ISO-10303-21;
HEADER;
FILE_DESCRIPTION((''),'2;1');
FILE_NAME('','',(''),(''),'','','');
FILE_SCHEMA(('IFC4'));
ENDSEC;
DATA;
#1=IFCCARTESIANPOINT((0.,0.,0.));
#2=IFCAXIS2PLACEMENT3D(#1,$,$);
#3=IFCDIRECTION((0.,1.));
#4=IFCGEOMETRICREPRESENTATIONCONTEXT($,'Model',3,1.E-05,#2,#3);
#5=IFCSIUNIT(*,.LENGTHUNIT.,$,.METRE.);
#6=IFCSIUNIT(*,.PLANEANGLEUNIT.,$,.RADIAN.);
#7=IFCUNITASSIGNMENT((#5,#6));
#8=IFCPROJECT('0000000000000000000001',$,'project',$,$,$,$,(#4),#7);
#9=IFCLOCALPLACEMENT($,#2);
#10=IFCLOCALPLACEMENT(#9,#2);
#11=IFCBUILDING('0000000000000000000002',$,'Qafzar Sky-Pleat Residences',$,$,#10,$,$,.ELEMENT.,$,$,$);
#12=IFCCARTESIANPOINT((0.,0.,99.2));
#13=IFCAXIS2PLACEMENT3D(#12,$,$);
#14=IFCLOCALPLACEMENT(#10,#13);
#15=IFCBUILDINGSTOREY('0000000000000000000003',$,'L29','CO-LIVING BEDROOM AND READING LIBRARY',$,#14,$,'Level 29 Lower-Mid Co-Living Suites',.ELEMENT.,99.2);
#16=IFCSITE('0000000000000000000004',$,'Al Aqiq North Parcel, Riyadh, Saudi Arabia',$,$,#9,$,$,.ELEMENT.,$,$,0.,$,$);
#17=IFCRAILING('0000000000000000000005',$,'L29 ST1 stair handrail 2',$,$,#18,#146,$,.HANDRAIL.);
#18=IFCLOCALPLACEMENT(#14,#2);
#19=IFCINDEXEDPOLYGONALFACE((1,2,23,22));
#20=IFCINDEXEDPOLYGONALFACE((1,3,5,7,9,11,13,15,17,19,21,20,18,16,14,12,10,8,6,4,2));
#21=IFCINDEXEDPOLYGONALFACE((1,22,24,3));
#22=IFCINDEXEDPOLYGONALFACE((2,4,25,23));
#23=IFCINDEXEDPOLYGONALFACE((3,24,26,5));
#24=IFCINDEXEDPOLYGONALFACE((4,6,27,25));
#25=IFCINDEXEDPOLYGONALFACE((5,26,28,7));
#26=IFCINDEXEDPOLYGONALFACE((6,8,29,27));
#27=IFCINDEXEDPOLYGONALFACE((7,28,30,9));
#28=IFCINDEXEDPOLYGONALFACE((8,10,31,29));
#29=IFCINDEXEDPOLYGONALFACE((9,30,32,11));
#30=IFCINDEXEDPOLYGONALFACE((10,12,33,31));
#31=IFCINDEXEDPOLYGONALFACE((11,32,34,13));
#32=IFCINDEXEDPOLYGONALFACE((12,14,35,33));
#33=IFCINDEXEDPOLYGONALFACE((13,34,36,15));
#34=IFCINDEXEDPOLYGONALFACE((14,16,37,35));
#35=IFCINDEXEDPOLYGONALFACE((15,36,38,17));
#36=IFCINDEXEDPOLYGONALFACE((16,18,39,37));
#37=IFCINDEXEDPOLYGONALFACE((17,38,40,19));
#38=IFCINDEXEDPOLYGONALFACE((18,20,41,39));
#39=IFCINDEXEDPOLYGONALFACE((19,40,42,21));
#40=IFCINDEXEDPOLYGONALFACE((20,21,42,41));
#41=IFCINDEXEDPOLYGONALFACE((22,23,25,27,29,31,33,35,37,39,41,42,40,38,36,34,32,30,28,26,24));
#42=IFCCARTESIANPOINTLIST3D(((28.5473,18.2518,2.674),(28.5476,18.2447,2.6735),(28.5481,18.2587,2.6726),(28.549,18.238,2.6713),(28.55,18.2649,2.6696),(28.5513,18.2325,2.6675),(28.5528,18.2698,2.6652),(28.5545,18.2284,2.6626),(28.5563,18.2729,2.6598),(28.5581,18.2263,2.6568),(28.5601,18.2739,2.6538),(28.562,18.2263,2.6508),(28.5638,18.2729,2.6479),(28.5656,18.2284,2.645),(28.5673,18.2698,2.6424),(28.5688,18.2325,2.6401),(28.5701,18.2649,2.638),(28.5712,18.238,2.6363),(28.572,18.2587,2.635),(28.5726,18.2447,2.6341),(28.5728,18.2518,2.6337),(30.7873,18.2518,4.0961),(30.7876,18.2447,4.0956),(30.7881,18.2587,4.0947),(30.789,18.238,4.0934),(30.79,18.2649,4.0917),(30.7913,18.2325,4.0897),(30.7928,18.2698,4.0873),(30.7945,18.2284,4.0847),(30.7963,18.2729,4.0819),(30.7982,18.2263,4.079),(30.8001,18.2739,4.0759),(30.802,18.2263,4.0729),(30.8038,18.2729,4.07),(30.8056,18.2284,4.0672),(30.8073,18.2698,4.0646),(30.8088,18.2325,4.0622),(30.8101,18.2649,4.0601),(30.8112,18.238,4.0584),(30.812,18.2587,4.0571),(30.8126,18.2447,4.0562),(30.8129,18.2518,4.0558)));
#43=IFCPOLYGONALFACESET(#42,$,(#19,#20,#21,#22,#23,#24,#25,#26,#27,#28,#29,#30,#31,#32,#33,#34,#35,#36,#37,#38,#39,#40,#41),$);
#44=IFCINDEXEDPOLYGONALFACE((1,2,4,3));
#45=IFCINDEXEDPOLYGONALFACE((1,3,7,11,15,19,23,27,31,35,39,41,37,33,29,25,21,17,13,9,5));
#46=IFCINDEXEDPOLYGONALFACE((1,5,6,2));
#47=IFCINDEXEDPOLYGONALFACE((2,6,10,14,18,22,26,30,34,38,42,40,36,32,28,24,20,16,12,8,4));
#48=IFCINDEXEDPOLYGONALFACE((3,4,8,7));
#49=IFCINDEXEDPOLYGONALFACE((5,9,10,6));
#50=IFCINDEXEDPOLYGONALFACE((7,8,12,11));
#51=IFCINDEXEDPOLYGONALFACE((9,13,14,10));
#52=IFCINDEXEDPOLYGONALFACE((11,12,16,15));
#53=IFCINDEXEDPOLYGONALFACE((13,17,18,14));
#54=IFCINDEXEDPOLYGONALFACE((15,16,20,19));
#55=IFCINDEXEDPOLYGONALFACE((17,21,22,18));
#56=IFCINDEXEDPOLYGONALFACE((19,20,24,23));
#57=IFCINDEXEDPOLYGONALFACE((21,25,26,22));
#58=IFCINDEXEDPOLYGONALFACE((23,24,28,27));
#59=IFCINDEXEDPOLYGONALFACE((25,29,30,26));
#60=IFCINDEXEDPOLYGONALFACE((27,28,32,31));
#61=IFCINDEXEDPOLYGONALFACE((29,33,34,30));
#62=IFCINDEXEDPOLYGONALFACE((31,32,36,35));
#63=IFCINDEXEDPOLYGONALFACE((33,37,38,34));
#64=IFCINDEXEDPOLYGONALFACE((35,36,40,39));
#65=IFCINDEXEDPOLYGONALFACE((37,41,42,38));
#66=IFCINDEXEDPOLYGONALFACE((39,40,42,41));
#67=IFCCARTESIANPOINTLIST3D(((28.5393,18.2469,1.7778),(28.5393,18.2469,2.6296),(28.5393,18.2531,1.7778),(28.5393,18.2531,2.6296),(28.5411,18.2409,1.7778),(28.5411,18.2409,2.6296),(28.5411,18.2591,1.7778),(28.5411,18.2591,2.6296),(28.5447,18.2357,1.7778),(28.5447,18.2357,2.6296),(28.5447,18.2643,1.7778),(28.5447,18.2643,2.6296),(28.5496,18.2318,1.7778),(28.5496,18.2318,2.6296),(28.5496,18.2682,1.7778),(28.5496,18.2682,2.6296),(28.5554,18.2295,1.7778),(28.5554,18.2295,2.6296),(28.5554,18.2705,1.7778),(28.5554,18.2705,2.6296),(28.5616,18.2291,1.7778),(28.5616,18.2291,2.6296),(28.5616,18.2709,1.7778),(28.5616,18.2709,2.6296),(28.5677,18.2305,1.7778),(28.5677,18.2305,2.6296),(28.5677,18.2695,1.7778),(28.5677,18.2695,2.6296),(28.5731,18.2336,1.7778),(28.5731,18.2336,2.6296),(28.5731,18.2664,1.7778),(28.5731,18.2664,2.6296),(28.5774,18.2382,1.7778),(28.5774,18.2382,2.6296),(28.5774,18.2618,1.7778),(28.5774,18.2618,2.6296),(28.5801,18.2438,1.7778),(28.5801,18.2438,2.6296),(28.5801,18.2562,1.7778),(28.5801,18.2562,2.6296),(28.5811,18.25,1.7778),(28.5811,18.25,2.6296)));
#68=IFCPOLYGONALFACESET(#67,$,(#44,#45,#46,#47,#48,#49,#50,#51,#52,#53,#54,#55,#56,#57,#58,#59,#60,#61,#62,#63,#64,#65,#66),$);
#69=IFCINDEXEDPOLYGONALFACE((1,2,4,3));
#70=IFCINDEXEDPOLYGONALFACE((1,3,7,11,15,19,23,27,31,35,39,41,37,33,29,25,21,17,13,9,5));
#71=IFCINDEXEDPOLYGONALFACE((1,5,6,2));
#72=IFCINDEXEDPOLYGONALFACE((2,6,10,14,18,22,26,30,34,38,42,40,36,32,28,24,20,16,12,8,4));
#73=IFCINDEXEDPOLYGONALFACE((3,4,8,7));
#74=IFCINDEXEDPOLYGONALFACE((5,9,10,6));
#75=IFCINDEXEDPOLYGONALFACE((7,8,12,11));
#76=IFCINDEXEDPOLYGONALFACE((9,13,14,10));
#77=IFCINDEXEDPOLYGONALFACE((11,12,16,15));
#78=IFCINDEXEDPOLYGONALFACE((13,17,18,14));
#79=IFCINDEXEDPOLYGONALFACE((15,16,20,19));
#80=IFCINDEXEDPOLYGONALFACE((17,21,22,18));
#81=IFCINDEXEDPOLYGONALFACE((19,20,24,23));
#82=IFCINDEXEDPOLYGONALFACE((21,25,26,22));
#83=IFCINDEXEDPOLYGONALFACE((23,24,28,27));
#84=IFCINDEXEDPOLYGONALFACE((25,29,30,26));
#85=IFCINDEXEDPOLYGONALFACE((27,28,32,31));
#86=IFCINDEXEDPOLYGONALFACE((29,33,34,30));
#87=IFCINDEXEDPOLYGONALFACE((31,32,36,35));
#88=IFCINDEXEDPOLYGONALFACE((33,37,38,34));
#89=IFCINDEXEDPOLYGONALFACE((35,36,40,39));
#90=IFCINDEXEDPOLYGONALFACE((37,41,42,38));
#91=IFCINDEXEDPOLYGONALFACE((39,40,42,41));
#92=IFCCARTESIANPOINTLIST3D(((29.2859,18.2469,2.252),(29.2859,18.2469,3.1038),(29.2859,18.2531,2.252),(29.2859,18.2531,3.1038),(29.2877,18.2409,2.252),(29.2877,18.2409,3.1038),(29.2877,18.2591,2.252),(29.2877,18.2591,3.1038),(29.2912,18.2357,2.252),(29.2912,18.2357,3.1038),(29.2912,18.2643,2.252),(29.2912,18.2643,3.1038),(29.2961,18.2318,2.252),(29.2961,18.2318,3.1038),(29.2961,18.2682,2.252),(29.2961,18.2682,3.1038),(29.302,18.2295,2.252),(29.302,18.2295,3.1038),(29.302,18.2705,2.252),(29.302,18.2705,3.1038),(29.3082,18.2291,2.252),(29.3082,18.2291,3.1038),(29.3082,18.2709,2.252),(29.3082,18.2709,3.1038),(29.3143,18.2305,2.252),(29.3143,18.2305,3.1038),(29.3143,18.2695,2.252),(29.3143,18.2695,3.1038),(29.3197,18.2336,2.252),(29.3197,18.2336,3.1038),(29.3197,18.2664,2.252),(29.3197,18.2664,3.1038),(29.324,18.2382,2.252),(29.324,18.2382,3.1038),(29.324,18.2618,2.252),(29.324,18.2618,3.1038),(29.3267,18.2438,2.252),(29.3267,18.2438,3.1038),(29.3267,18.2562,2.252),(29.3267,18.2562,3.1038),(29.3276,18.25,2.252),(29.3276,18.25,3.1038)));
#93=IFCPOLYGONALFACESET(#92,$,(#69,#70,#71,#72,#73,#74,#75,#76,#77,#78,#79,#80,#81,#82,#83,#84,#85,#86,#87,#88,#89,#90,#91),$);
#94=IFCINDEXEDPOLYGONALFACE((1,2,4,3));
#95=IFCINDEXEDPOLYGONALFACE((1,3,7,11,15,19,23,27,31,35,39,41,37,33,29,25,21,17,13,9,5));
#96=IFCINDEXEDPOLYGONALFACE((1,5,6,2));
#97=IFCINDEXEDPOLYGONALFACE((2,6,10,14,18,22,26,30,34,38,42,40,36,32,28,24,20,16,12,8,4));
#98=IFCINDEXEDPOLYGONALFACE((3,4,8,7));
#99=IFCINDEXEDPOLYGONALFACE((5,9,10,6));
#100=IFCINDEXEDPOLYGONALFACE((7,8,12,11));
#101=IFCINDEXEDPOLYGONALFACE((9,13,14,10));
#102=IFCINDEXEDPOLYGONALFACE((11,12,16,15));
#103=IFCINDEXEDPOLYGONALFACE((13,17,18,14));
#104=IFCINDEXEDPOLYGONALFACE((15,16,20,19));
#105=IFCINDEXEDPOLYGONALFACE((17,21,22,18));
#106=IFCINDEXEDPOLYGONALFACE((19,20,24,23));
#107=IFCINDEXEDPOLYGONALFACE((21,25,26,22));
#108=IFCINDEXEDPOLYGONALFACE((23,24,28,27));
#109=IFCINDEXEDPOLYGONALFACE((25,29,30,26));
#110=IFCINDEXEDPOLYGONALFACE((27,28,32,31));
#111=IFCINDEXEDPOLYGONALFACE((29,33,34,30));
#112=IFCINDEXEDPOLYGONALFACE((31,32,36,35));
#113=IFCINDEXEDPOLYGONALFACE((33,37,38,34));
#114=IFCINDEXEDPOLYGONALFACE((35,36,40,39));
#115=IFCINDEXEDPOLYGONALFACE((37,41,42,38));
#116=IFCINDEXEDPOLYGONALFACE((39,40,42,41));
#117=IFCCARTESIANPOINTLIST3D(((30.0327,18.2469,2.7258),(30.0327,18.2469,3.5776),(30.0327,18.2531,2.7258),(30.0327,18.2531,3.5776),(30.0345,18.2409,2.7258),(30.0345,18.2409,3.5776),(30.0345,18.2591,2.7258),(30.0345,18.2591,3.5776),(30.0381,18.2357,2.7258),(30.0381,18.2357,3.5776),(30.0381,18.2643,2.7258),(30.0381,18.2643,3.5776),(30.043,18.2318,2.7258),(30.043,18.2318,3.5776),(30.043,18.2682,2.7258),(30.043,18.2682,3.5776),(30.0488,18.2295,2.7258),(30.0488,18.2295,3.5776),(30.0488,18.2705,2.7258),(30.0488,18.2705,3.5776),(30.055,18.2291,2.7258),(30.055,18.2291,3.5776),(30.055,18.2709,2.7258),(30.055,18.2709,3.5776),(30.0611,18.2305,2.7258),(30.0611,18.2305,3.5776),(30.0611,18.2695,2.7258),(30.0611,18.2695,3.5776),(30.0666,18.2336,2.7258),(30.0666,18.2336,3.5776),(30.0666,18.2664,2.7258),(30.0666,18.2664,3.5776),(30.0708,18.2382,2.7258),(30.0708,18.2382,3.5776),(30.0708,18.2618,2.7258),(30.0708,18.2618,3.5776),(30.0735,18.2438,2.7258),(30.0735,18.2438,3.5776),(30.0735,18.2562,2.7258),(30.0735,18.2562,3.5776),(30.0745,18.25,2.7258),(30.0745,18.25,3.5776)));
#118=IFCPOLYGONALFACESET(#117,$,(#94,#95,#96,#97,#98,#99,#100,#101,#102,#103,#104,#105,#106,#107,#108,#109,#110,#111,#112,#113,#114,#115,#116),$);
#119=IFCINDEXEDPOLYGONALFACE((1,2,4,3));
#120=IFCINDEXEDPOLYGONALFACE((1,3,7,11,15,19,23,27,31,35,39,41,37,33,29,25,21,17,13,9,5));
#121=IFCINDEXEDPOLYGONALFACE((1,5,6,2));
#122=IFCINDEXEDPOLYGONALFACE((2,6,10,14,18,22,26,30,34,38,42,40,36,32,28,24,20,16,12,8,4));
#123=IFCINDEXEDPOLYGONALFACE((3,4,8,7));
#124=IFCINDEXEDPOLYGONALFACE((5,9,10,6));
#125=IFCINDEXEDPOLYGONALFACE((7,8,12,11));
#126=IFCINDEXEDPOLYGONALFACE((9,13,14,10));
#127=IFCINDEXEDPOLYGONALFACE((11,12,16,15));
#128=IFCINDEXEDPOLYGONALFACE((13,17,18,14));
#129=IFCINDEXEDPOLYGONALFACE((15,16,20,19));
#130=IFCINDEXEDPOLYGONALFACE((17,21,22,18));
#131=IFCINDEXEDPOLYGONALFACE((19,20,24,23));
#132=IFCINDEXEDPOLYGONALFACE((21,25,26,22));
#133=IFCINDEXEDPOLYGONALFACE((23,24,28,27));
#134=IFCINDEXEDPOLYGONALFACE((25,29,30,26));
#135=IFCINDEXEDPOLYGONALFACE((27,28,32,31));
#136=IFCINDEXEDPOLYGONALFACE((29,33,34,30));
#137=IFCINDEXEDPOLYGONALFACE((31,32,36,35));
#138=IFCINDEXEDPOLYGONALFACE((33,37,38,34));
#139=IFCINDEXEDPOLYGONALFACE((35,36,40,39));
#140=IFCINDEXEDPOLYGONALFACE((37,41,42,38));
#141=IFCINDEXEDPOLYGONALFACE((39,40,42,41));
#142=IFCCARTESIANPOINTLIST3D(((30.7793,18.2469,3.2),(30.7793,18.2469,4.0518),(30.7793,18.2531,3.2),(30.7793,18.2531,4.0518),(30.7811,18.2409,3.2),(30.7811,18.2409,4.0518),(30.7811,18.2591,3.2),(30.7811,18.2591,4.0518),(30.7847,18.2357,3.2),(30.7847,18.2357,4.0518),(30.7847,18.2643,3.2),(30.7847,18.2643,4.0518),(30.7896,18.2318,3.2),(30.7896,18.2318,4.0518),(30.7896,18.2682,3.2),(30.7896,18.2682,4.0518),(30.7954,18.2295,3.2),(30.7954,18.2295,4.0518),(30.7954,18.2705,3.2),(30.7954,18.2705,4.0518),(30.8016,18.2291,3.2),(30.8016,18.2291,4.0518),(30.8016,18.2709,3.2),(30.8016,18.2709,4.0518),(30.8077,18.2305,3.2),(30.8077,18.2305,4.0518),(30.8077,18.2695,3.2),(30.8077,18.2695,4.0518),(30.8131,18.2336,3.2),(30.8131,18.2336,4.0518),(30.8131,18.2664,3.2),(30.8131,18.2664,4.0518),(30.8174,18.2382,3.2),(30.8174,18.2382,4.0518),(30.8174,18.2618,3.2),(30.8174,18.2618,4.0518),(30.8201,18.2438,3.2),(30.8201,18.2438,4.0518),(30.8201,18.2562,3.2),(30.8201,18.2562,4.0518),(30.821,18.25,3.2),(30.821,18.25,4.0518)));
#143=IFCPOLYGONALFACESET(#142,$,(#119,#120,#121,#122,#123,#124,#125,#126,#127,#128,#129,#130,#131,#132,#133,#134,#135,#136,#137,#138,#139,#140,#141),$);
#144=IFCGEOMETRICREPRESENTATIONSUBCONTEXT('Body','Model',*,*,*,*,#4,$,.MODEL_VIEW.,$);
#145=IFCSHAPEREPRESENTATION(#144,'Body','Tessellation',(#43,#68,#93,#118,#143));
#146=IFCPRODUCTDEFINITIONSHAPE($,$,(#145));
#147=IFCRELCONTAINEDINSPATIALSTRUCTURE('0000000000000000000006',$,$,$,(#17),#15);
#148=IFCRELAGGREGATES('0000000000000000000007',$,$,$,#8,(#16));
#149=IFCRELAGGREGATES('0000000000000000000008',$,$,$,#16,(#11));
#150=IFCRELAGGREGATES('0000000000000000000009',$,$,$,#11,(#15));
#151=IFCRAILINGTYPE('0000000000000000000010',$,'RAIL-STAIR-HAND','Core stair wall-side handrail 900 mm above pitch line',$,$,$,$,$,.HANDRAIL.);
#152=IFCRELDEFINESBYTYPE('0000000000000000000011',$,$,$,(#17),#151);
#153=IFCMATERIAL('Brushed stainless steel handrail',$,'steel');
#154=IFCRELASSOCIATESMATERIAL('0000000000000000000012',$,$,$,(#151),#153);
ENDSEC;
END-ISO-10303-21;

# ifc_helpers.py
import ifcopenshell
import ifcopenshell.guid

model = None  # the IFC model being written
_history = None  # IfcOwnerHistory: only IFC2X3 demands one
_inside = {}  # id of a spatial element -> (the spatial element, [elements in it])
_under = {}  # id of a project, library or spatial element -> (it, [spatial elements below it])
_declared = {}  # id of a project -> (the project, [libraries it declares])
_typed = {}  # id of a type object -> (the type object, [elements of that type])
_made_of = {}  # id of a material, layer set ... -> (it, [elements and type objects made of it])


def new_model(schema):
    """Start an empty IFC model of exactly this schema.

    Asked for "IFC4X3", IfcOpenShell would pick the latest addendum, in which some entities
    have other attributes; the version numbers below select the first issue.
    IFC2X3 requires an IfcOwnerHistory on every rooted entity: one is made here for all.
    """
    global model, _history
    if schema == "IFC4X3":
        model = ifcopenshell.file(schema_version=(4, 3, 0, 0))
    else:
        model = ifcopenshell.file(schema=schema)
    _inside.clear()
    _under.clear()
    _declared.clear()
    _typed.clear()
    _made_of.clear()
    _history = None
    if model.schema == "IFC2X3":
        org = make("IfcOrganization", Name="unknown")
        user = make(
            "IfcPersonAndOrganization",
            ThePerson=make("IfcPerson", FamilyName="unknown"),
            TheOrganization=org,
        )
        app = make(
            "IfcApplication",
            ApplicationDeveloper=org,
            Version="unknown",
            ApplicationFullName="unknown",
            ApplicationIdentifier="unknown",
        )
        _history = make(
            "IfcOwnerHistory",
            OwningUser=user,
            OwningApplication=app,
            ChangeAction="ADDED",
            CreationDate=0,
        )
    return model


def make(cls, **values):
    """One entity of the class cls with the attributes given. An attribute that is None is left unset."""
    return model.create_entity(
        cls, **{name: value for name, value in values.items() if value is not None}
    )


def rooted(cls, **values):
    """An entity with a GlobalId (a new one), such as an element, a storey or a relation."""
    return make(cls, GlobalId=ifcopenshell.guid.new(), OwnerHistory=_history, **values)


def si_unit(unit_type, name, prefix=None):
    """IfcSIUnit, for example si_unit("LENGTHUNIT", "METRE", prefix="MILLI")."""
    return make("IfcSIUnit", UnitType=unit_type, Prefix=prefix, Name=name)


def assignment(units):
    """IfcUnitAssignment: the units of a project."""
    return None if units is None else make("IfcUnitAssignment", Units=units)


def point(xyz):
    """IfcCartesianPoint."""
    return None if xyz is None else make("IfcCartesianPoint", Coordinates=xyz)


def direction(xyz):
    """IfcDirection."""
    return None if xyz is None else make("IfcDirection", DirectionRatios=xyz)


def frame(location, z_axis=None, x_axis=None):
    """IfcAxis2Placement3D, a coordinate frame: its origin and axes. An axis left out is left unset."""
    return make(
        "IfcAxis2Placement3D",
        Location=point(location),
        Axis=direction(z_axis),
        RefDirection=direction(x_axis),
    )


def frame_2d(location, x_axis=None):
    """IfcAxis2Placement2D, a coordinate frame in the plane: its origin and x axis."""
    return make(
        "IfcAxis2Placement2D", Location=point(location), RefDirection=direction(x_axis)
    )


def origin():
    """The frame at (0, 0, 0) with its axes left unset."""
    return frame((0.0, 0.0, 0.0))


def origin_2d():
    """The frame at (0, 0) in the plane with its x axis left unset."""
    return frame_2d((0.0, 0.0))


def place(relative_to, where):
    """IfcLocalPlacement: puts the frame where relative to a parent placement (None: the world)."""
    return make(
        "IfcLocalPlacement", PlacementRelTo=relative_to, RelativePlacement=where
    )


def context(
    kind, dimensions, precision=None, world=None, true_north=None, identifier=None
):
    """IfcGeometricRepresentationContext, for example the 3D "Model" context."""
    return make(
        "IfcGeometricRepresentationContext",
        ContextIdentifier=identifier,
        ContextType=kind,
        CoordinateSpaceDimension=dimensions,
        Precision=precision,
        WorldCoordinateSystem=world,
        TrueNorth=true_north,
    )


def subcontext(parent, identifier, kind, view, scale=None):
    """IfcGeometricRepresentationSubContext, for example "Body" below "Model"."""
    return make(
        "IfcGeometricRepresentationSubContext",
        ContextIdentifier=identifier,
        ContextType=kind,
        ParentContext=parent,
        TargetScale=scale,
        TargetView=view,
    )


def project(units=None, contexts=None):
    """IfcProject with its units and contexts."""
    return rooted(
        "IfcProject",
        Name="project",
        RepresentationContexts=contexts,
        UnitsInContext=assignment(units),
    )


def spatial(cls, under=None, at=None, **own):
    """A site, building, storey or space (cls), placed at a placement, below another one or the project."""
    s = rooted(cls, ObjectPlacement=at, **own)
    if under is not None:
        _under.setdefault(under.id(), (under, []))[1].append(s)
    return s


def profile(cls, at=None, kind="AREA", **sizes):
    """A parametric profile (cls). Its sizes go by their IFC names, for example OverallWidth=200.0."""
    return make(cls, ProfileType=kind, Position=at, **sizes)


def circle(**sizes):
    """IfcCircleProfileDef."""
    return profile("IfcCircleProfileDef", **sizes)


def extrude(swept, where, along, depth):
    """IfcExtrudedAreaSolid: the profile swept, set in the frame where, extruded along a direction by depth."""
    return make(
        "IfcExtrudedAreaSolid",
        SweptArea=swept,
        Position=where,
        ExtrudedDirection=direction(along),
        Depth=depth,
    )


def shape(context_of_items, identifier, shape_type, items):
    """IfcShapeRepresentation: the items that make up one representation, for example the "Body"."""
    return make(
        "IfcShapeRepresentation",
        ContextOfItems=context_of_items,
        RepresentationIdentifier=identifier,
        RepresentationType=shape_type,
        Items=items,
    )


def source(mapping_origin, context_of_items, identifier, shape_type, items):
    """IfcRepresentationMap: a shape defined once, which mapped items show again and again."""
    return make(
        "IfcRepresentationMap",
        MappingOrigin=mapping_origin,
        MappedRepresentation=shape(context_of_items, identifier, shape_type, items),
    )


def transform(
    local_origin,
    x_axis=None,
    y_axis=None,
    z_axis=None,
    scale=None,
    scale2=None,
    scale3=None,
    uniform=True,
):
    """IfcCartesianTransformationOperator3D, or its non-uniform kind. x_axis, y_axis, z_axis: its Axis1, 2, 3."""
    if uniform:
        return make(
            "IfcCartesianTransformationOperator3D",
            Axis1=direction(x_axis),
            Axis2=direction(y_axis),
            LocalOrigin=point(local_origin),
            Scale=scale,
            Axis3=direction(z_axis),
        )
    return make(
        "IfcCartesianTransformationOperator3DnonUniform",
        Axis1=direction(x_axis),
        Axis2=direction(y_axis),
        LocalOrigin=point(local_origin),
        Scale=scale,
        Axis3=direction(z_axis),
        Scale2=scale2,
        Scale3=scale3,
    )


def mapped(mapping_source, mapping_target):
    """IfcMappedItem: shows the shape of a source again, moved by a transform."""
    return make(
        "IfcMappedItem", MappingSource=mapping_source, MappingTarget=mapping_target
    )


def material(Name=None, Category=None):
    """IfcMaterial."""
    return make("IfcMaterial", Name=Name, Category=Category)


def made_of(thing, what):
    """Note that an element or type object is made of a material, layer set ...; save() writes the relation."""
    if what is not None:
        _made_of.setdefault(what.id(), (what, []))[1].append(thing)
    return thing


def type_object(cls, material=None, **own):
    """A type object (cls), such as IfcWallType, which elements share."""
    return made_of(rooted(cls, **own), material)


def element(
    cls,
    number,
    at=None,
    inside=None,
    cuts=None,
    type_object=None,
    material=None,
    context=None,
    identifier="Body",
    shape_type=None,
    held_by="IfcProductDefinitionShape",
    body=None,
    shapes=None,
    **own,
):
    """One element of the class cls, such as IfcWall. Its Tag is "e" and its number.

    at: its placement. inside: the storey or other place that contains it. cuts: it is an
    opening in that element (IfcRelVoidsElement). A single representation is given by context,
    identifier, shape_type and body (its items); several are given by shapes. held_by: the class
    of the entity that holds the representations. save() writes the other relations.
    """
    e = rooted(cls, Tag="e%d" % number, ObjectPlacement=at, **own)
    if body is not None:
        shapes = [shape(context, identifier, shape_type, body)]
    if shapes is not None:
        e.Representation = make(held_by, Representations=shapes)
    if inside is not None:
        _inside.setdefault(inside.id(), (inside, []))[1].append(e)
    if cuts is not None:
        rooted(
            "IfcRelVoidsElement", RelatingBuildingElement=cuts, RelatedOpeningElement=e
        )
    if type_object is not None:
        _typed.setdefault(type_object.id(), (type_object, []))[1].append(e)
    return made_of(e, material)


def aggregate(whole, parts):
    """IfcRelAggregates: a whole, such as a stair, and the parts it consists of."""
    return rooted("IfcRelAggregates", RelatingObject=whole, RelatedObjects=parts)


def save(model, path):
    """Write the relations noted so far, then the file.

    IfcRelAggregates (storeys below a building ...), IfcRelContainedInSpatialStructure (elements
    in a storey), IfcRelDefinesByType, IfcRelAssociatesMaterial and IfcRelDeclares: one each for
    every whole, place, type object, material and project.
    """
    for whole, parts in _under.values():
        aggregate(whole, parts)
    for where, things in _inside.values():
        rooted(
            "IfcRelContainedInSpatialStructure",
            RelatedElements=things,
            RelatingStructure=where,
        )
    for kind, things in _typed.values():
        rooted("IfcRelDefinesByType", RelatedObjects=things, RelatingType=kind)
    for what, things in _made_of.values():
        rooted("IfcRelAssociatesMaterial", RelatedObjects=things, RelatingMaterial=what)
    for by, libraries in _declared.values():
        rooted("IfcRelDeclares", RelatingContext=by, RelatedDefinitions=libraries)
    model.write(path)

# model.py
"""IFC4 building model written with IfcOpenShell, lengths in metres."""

from ifc_helpers import new_model, si_unit, direction, frame, origin, origin_2d, place, context, subcontext, project, spatial, circle, extrude, source, transform, mapped, material, type_object, element, save


model = new_model("IFC4")

# Units and contexts
model_context = context("Model", 3, precision=1e-05, world=origin(), true_north=direction((0.0, 1.0)))
body_context = subcontext(model_context, "Body", "Model", "MODEL_VIEW")
ifc_project = project(units=[si_unit("LENGTHUNIT", "METRE"), si_unit("PLANEANGLEUNIT", "RADIAN")], contexts=[model_context])

# Site, building, storey
site_placement = place(None, origin())
site = spatial("IfcSite", under=ifc_project, at=site_placement, Name="Al Aqiq North Parcel, Riyadh, Saudi Arabia", CompositionType="ELEMENT", RefElevation=0.0)
building_placement = place(site_placement, origin())
building = spatial("IfcBuilding", under=site, at=building_placement, Name="Qafzar Sky-Pleat Residences", CompositionType="ELEMENT")
storey_placement = place(building_placement, frame((0.0, 0.0, 99.2)))
storey = spatial("IfcBuildingStorey", under=building, at=storey_placement, Name="L29", Description="CO-LIVING BEDROOM AND READING LIBRARY", LongName="Level 29 Lower-Mid Co-Living Suites", CompositionType="ELEMENT", Elevation=99.2)

# Railing
ifc_material_1 = material(Name="Brushed stainless steel handrail", Category="steel")
railing_type_1 = type_object("IfcRailingType", Name="RAIL-STAIR-HAND", Description="Core stair wall-side handrail 900 mm above pitch line", PredefinedType="HANDRAIL", material=ifc_material_1)
shared_shape_1 = source(origin(), body_context, "Body", "SweptSolid", [
    extrude(circle(Radius=0.0239, at=origin_2d()), frame((0.0, 0.0, 0.876), z_axis=(0.844229, 0.0, 0.535982), x_axis=(0.0, 1.0, 0.0)), (0.0, 0.0, 1.0), 2.6533),
    extrude(circle(Radius=0.021, at=origin_2d()), origin(), (0.0, 0.0, 1.0), 0.8518),
    extrude(circle(Radius=0.021, at=origin_2d()), frame((0.7466, 0.0, 0.4741)), (0.0, 0.0, 1.0), 0.8518),
    extrude(circle(Radius=0.021, at=origin_2d()), frame((1.4934, 0.0, 0.948)), (0.0, 0.0, 1.0), 0.8518),
    extrude(circle(Radius=0.021, at=origin_2d()), frame((2.24, 0.0, 1.4221)), (0.0, 0.0, 1.0), 0.8518),
])
railing_1_placement = place(storey_placement, frame((28.5601, 18.25, 1.7778)))
element("IfcRailing", 1, at=railing_1_placement, inside=storey, type_object=railing_type_1, Name="L29 ST1 stair handrail 2", PredefinedType="HANDRAIL", context=body_context, shape_type="MappedRepresentation", body=[
    mapped(shared_shape_1, transform((0.0, 0.0, 0.0), x_axis=(1.0, 0.0, 0.0), y_axis=(0.0, 1.0, 0.0), z_axis=(0.0, 0.0, 1.0), scale=1.0)),
])

save(model, "model.ifc")
